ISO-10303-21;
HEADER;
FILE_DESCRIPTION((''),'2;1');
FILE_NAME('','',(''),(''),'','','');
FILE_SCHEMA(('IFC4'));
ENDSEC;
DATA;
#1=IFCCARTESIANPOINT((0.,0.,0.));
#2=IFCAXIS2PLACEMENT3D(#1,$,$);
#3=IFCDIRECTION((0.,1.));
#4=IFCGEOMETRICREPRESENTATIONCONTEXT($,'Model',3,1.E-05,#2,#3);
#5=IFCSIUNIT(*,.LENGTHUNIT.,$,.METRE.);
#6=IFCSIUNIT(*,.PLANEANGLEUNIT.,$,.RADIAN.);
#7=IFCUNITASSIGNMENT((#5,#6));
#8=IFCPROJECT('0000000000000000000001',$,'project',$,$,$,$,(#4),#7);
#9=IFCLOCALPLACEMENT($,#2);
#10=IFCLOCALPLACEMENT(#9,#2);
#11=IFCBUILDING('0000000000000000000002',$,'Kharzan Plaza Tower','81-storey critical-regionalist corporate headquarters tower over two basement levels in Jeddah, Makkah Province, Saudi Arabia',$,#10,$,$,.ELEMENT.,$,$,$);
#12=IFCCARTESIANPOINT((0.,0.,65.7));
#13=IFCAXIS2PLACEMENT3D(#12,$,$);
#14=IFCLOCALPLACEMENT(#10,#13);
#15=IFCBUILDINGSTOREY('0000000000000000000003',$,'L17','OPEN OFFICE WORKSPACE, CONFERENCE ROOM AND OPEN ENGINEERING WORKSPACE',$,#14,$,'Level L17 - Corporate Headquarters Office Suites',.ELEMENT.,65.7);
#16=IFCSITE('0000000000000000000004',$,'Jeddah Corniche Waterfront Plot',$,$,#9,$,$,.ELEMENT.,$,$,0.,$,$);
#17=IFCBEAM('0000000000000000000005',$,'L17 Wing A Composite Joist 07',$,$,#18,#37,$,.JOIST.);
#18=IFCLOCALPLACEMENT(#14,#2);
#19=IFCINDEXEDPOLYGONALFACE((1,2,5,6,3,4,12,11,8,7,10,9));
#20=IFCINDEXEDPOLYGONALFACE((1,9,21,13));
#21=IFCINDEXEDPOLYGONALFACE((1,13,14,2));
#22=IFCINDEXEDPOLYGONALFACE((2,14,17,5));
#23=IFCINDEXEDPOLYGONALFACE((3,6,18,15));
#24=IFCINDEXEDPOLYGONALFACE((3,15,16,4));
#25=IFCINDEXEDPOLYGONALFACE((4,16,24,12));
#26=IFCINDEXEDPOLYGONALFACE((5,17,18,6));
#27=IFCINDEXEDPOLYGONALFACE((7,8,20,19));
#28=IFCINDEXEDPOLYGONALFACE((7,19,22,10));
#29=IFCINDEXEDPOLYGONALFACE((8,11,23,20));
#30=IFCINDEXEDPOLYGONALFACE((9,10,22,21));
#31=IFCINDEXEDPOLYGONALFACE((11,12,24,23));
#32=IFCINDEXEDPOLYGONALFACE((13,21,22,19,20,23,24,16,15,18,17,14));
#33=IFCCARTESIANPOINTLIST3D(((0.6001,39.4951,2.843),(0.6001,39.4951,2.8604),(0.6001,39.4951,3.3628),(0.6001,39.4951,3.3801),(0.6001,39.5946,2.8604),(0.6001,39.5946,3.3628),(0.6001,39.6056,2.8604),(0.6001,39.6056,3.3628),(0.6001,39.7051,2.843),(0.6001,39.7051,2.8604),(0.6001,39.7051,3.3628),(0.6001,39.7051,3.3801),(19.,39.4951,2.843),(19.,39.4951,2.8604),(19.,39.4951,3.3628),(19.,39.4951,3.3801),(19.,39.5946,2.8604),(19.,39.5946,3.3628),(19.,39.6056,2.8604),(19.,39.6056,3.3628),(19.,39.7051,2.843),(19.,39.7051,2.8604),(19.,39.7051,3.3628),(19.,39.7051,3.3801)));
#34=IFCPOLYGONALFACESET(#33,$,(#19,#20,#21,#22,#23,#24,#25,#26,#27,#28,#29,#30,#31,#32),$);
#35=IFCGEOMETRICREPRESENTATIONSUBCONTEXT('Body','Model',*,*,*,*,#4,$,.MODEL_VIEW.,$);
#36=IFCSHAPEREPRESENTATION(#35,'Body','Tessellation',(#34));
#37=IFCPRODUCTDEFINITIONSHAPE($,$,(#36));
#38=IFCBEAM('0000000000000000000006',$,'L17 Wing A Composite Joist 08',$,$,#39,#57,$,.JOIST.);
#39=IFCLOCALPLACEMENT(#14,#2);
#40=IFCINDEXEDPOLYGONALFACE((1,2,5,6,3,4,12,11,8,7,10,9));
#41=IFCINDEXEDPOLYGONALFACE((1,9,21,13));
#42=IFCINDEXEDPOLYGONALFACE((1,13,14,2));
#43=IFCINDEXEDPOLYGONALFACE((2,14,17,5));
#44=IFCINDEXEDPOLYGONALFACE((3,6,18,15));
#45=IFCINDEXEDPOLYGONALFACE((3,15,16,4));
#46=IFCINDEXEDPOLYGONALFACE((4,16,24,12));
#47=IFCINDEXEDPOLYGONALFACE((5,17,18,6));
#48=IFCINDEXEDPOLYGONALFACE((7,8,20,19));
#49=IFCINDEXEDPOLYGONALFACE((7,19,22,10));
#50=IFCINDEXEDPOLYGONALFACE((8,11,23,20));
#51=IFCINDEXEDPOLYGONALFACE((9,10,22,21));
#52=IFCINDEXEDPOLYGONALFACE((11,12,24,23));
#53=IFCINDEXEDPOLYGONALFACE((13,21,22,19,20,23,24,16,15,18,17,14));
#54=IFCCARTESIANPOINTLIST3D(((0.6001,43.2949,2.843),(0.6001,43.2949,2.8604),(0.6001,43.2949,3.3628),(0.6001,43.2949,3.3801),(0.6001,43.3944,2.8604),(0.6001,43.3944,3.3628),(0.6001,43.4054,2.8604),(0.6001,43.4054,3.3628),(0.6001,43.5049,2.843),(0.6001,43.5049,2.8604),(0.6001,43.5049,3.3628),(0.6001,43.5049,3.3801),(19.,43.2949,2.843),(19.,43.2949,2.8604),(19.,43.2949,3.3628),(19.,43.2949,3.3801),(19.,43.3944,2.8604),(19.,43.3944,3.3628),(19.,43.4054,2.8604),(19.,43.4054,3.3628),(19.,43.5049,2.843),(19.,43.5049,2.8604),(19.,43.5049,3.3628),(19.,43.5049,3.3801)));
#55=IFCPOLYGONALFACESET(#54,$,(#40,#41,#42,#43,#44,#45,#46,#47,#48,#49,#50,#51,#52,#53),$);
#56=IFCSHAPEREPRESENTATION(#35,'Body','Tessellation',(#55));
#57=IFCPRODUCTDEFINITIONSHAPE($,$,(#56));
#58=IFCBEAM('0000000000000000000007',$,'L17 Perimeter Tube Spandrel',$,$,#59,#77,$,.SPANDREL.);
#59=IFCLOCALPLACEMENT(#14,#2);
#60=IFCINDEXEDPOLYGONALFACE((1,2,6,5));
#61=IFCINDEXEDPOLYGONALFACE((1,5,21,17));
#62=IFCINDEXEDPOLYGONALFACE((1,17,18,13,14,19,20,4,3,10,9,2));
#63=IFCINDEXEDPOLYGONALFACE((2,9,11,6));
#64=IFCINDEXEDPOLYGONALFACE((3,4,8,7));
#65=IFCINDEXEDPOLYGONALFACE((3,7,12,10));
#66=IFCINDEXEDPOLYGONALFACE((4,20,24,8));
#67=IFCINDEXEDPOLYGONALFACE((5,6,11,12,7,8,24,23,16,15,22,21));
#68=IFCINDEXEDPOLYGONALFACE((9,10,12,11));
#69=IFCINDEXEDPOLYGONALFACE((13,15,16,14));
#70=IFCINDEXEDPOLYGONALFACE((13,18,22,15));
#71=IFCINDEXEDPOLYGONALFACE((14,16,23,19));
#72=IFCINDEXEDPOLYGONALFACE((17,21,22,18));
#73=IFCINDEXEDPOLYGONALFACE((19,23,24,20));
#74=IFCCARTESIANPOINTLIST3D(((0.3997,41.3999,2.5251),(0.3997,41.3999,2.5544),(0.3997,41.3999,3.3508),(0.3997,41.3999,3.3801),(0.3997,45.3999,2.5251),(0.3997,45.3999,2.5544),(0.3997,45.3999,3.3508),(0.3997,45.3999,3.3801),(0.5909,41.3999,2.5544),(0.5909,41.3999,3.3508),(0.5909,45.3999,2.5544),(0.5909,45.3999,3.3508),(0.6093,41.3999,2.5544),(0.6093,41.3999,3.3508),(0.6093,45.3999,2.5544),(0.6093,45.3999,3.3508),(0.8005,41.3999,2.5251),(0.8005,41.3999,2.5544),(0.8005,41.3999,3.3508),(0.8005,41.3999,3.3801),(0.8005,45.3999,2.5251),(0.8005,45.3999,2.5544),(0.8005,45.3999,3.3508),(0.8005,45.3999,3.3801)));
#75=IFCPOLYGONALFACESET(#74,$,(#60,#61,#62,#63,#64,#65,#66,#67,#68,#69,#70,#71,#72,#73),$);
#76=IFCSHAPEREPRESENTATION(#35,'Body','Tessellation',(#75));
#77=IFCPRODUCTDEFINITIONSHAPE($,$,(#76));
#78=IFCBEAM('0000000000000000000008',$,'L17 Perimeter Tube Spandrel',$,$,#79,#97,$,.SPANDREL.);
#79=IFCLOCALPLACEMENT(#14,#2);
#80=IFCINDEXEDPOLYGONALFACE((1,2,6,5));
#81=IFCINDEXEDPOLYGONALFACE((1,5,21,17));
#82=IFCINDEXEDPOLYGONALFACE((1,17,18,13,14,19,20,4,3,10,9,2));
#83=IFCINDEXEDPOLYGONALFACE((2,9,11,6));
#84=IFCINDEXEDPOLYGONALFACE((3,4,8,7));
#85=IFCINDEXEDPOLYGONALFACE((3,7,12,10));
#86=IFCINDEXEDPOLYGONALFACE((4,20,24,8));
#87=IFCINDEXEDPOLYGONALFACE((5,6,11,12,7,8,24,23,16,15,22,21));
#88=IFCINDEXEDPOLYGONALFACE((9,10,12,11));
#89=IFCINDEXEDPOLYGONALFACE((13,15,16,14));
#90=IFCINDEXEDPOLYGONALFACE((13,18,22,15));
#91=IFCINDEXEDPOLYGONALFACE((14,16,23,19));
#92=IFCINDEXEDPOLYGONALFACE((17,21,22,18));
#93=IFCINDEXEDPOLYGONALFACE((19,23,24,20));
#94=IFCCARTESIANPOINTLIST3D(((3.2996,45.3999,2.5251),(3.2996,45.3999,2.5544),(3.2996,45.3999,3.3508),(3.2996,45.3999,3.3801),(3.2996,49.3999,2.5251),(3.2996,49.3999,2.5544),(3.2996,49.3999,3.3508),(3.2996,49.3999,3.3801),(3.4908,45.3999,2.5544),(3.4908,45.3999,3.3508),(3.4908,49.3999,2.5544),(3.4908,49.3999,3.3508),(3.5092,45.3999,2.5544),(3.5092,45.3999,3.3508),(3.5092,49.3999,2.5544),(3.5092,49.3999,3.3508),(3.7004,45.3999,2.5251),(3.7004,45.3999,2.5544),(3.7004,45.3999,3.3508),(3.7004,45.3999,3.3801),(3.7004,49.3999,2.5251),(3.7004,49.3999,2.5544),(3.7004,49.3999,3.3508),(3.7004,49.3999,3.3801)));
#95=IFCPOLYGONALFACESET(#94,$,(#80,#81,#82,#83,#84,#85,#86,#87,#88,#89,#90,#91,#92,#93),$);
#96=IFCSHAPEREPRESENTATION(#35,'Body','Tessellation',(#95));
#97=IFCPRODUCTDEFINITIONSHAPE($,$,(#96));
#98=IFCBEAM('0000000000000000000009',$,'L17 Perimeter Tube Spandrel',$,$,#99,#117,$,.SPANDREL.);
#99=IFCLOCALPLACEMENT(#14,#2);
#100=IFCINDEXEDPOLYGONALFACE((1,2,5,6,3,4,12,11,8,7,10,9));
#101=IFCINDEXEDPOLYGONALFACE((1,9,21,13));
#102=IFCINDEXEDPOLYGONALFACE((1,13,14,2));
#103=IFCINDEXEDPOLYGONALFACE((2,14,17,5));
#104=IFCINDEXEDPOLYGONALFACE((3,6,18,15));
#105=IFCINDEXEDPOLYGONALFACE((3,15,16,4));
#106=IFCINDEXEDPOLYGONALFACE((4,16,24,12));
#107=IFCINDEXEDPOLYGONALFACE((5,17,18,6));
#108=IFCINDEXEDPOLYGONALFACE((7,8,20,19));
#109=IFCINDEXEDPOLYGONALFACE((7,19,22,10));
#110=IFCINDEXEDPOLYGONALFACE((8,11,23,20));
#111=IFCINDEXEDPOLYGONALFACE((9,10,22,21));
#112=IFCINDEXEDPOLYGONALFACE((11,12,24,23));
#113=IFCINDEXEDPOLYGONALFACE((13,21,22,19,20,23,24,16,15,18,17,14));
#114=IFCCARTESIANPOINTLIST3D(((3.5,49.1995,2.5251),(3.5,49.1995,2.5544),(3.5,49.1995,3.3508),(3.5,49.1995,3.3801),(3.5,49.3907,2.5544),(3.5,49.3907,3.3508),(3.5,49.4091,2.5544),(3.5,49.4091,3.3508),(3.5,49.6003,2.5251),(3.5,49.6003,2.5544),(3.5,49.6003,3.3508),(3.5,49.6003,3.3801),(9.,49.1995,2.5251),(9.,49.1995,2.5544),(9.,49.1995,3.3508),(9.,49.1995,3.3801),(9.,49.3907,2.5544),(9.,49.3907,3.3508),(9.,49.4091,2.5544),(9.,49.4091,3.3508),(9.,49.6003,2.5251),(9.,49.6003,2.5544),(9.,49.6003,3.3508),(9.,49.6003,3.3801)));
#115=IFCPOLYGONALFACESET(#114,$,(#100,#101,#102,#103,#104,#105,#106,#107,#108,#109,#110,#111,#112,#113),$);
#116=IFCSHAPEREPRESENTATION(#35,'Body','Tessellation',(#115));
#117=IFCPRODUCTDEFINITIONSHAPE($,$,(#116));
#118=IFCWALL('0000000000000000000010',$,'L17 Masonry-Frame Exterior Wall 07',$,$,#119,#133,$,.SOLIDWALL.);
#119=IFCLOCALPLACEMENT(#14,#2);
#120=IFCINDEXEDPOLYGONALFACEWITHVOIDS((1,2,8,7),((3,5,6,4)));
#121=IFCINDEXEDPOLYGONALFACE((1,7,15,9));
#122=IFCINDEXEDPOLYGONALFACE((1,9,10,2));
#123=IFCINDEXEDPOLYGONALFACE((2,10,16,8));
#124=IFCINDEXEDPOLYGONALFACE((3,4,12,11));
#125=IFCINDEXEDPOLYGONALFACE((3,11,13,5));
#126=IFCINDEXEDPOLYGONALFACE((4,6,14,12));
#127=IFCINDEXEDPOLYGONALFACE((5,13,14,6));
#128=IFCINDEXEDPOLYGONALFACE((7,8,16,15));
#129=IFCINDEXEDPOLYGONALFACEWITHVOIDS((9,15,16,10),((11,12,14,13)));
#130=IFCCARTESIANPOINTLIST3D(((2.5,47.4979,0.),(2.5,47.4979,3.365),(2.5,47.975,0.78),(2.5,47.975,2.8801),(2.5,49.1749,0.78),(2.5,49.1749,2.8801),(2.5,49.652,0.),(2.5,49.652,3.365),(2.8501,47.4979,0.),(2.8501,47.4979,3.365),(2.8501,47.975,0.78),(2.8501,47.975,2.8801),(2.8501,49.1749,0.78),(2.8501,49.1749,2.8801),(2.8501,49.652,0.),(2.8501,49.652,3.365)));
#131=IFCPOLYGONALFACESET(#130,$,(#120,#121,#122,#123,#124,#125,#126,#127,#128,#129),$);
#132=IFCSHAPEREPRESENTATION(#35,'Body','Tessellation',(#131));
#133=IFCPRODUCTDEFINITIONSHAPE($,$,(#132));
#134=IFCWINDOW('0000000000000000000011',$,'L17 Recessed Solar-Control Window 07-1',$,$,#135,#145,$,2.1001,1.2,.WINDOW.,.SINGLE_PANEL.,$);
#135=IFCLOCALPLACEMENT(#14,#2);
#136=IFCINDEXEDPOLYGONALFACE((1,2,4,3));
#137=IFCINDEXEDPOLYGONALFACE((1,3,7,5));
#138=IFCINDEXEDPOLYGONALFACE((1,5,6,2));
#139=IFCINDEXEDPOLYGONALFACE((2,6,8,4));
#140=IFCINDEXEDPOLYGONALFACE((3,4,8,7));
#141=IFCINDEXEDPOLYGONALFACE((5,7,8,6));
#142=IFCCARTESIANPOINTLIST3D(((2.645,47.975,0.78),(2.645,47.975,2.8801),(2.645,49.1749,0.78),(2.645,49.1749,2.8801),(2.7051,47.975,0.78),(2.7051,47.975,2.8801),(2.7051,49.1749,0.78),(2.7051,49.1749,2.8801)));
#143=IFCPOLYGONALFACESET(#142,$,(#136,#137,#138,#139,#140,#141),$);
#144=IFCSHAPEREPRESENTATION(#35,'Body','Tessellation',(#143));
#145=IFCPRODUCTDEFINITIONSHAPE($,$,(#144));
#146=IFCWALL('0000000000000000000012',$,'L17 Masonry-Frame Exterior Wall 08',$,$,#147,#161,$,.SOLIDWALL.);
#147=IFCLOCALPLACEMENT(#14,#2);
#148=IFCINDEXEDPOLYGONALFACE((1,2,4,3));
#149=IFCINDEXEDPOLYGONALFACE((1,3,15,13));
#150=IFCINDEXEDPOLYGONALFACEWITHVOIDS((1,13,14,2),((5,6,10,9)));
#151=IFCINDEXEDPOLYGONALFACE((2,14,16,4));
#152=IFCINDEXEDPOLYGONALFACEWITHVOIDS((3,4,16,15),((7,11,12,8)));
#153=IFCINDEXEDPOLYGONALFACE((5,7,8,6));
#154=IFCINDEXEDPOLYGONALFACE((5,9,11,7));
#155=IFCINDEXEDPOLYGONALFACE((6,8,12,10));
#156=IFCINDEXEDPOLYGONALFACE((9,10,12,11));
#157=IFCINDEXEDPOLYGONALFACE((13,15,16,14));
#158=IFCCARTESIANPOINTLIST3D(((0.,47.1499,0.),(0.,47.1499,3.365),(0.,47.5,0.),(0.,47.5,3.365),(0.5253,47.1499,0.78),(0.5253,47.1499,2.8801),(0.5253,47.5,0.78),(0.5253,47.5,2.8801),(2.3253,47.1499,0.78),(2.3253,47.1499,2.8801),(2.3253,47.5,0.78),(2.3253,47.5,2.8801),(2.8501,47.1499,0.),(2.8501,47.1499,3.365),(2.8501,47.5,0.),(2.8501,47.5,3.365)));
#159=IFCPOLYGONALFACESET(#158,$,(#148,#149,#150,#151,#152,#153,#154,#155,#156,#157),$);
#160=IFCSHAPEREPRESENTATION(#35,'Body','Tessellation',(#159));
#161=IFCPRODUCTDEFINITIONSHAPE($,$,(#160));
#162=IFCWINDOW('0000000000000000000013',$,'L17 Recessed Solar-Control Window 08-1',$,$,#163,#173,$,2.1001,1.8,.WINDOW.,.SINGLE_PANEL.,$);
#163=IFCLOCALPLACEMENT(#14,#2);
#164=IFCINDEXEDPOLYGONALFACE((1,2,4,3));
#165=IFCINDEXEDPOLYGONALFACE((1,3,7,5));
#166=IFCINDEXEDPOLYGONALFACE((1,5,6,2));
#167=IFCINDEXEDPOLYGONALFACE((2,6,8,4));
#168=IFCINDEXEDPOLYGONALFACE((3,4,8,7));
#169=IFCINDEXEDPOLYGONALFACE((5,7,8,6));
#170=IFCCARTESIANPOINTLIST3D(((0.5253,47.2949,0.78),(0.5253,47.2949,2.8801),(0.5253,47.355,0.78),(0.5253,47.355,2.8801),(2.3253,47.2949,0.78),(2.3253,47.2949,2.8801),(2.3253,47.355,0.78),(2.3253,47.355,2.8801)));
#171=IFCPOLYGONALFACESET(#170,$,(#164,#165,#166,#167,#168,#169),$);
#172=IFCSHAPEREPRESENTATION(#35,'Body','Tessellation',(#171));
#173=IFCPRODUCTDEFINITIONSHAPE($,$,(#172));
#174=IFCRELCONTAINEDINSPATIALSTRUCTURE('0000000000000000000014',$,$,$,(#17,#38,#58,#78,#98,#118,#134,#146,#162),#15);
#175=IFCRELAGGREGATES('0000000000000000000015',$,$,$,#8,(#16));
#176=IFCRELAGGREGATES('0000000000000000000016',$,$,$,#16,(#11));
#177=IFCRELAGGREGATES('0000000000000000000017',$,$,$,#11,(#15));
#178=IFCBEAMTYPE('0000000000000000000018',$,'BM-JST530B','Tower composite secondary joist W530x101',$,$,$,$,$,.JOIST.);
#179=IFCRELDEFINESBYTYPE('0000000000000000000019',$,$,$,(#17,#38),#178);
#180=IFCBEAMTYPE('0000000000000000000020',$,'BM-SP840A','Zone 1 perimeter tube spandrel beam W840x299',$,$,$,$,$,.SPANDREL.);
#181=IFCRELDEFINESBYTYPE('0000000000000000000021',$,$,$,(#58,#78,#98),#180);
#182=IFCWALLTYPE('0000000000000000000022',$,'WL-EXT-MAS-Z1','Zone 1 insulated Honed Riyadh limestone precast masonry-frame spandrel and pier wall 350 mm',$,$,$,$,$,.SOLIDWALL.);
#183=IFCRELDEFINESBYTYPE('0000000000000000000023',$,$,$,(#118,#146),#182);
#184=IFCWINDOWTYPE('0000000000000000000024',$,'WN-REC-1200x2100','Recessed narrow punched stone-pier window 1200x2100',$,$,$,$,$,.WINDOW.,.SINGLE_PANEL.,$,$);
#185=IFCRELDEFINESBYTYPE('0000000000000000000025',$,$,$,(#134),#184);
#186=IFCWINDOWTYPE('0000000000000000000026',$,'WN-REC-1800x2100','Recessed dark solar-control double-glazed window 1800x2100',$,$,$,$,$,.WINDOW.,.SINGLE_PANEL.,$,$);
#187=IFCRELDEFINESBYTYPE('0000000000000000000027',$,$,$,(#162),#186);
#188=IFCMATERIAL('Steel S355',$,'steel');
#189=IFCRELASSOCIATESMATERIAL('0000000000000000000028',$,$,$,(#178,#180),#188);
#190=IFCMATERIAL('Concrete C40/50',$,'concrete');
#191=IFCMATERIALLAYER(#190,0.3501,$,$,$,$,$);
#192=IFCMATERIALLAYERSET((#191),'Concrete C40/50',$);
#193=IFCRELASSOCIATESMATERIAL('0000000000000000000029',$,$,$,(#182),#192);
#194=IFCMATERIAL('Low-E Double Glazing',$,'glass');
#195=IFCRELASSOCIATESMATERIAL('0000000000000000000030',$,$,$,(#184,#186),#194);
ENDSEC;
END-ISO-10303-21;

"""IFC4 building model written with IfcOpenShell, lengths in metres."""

from ifc_helpers import new_model, si_unit, direction, frame, frame_2d, origin, origin_2d, place, context, subcontext, project, spatial, rectangle, i_section, extrude, source, transform, mapped, material, layer, layer_set, material_profile, profile_set, type_object, element, fill, save


model = new_model("IFC4")

# Units and contexts
model_context = context("Model", 3, precision=1e-05, world=origin(), true_north=direction((0.0, 1.0)))
body_context = subcontext(model_context, "Body", "Model", "MODEL_VIEW")
ifc_project = project(units=[si_unit("LENGTHUNIT", "METRE"), si_unit("PLANEANGLEUNIT", "RADIAN")], contexts=[model_context])

# Site, building, storey
site_placement = place(None, origin())
site = spatial("IfcSite", under=ifc_project, at=site_placement, Name="Jeddah Corniche Waterfront Plot", CompositionType="ELEMENT", RefElevation=0.0)
building_placement = place(site_placement, origin())
building = spatial("IfcBuilding", under=site, at=building_placement, Name="Kharzan Plaza Tower", Description="81-storey critical-regionalist corporate headquarters tower over two basement levels in Jeddah, Makkah Province, Saudi Arabia", CompositionType="ELEMENT")
storey_placement = place(building_placement, frame((0.0, 0.0, 65.7)))
storey = spatial("IfcBuildingStorey", under=building, at=storey_placement, Name="L17", Description="OPEN OFFICE WORKSPACE, CONFERENCE ROOM AND OPEN ENGINEERING WORKSPACE", LongName="Level L17 - Corporate Headquarters Office Suites", CompositionType="ELEMENT", Elevation=65.7)

# Beams
ifc_material_1 = material(Name="Steel S355", Category="steel")
ifc_material_profile_1 = material_profile(ifc_material_1, i_section(OverallWidth=0.21, OverallDepth=0.5371, WebThickness=0.011, FlangeThickness=0.0173, at=origin_2d()), Name="W530x101")
ifc_profile_set_1 = profile_set([ifc_material_profile_1], Name="Steel S355")
beam_type_1 = type_object("IfcBeamType", Name="BM-JST530B", Description="Tower composite secondary joist W530x101", PredefinedType="JOIST", material=ifc_profile_set_1)
shared_shape_1 = source(origin(), body_context, "Body", "SweptSolid", [
    extrude(i_section(OverallWidth=0.21, OverallDepth=0.5371, WebThickness=0.011, FlangeThickness=0.0173, at=origin_2d()), origin(), (0.0, 0.0, 1.0), 18.3999),
])
for number, where, z_axis, x_axis, name in (
    (1, (0.6001, 39.6001, 3.1116), (1.0, 0.0, 0.0), (0.0, 1.0, 0.0), "L17 Wing A Composite Joist 07"),
    (2, (0.6001, 43.3999, 3.1116), (1.0, 0.0, 0.0), (0.0, 1.0, 0.0), "L17 Wing A Composite Joist 08"),
):
    element("IfcBeam", number, at=place(storey_placement, frame(where, z_axis=z_axis, x_axis=x_axis)), inside=storey, type_object=beam_type_1, Name=name, PredefinedType="JOIST", context=body_context, shape_type="MappedRepresentation", body=[
        mapped(shared_shape_1, transform((0.0, 0.0, 0.0), x_axis=(1.0, 0.0, 0.0), y_axis=(0.0, 1.0, 0.0), z_axis=(0.0, 0.0, 1.0))),
    ])
ifc_material_profile_2 = material_profile(ifc_material_1, i_section(OverallWidth=0.4009, OverallDepth=0.855, WebThickness=0.0183, FlangeThickness=0.0293, at=origin_2d()), Name="W840x299")
ifc_profile_set_2 = profile_set([ifc_material_profile_2], Name="Steel S355")
beam_type_2 = type_object("IfcBeamType", Name="BM-SP840A", Description="Zone 1 perimeter tube spandrel beam W840x299", PredefinedType="SPANDREL", material=ifc_profile_set_2)
shared_shape_2 = source(origin(), body_context, "Body", "SweptSolid", [
    extrude(i_section(OverallWidth=0.4009, OverallDepth=0.855, WebThickness=0.0183, FlangeThickness=0.0293, at=origin_2d()), origin(), (0.0, 0.0, 1.0), 4.0),
])
for number, where, z_axis, x_axis, name in (
    (3, (0.6001, 41.3999, 2.9526), (0.0, 1.0, 0.0), (-1.0, 0.0, 0.0), "L17 Perimeter Tube Spandrel"),
    (4, (3.5, 45.3999, 2.9526), (0.0, 1.0, 0.0), (-1.0, 0.0, 0.0), "L17 Perimeter Tube Spandrel"),
):
    element("IfcBeam", number, at=place(storey_placement, frame(where, z_axis=z_axis, x_axis=x_axis)), inside=storey, type_object=beam_type_2, Name=name, PredefinedType="SPANDREL", context=body_context, shape_type="MappedRepresentation", body=[
        mapped(shared_shape_2, transform((0.0, 0.0, 0.0), x_axis=(1.0, 0.0, 0.0), y_axis=(0.0, 1.0, 0.0), z_axis=(0.0, 0.0, 1.0))),
    ])
shared_shape_3 = source(origin(), body_context, "Body", "SweptSolid", [
    extrude(i_section(OverallWidth=0.4009, OverallDepth=0.855, WebThickness=0.0183, FlangeThickness=0.0293, at=origin_2d()), origin(), (0.0, 0.0, 1.0), 5.5),
])
beam_1_placement = place(storey_placement, frame((3.5, 49.3999, 2.9526), z_axis=(1.0, 0.0, 0.0), x_axis=(0.0, 1.0, 0.0)))
element("IfcBeam", 5, at=beam_1_placement, inside=storey, type_object=beam_type_2, Name="L17 Perimeter Tube Spandrel", PredefinedType="SPANDREL", context=body_context, shape_type="MappedRepresentation", body=[
    mapped(shared_shape_3, transform((0.0, 0.0, 0.0), x_axis=(1.0, 0.0, 0.0), y_axis=(0.0, 1.0, 0.0), z_axis=(0.0, 0.0, 1.0))),
])

# Walls, openings, windows
ifc_material_2 = material(Name="Concrete C40/50", Category="concrete")
ifc_layer_1 = layer(ifc_material_2, 0.3501)
ifc_layer_set_1 = layer_set([ifc_layer_1], Name="Concrete C40/50")
wall_type_1 = type_object("IfcWallType", Name="WL-EXT-MAS-Z1", Description="Zone 1 insulated Honed Riyadh limestone precast masonry-frame spandrel and pier wall 350 mm", PredefinedType="SOLIDWALL", material=ifc_layer_set_1)
wall_1_placement = place(storey_placement, frame((2.675, 49.6521, 0.0), z_axis=(0.0, 0.0, 1.0), x_axis=(0.0, -1.0, 0.0)))
wall_1 = element("IfcWall", 6, at=wall_1_placement, inside=storey, type_object=wall_type_1, Name="L17 Masonry-Frame Exterior Wall 07", PredefinedType="SOLIDWALL", context=body_context, shape_type="SweptSolid", body=[
    extrude(rectangle(XDim=2.1541, YDim=0.3501, at=frame_2d((1.0771, 0.0))), origin(), (0.0, 0.0, 1.0), 3.365),
])
opening_1_placement = place(wall_1_placement, frame((0.4771, 0.0, 0.78)))
opening_1 = element("IfcOpeningElement", 7, at=opening_1_placement, cuts=wall_1, PredefinedType="OPENING", context=body_context, shape_type="SweptSolid", body=[
    extrude(rectangle(XDim=1.2, YDim=2.1001, at=frame_2d((0.6001, 1.05))), frame((0.0, 0.1851, 0.0), z_axis=(0.0, -1.0, 0.0), x_axis=(1.0, 0.0, 0.0)), (0.0, 0.0, 1.0), 0.3701),
])
ifc_material_3 = material(Name="Low-E Double Glazing", Category="glass")
window_type_1 = type_object("IfcWindowType", Name="WN-REC-1200x2100", Description="Recessed narrow punched stone-pier window 1200x2100", PartitioningType="SINGLE_PANEL", PredefinedType="WINDOW", material=ifc_material_3)
shared_shape_4 = source(origin(), body_context, "Body", "SweptSolid", [
    extrude(rectangle(XDim=1.2, YDim=2.1001, at=frame_2d((0.6001, 1.05))), frame((0.0, 0.03, 0.0), z_axis=(0.0, -1.0, 0.0), x_axis=(1.0, 0.0, 0.0)), (0.0, 0.0, 1.0), 0.0601),
])
window_1_placement = place(opening_1_placement, origin())
window_1 = element("IfcWindow", 8, at=window_1_placement, inside=storey, type_object=window_type_1, Name="L17 Recessed Solar-Control Window 07-1", OverallHeight=2.1001, OverallWidth=1.2, PartitioningType="SINGLE_PANEL", PredefinedType="WINDOW", context=body_context, shape_type="MappedRepresentation", body=[
    mapped(shared_shape_4, transform((0.0, 0.0, 0.0), x_axis=(1.0, 0.0, 0.0), y_axis=(0.0, 1.0, 0.0), z_axis=(0.0, 0.0, 1.0))),
])
fill(opening_1, window_1)
wall_2_placement = place(storey_placement, frame((2.8501, 47.325, 0.0), z_axis=(0.0, 0.0, 1.0), x_axis=(-1.0, 0.0, 0.0)))
wall_2 = element("IfcWall", 9, at=wall_2_placement, inside=storey, type_object=wall_type_1, Name="L17 Masonry-Frame Exterior Wall 08", PredefinedType="SOLIDWALL", context=body_context, shape_type="SweptSolid", body=[
    extrude(rectangle(XDim=2.8501, YDim=0.3501, at=frame_2d((1.425, 0.0))), origin(), (0.0, 0.0, 1.0), 3.365),
])
opening_2_placement = place(wall_2_placement, frame((0.5249, 0.0, 0.78)))
opening_2 = element("IfcOpeningElement", 10, at=opening_2_placement, cuts=wall_2, PredefinedType="OPENING", context=body_context, shape_type="SweptSolid", body=[
    extrude(rectangle(XDim=1.8, YDim=2.1001, at=frame_2d((0.8999, 1.05))), frame((0.0, 0.1851, 0.0), z_axis=(0.0, -1.0, 0.0), x_axis=(1.0, 0.0, 0.0)), (0.0, 0.0, 1.0), 0.3701),
])
window_type_2 = type_object("IfcWindowType", Name="WN-REC-1800x2100", Description="Recessed dark solar-control double-glazed window 1800x2100", PartitioningType="SINGLE_PANEL", PredefinedType="WINDOW", material=ifc_material_3)
shared_shape_5 = source(origin(), body_context, "Body", "SweptSolid", [
    extrude(rectangle(XDim=1.8, YDim=2.1001, at=frame_2d((0.8999, 1.05))), frame((0.0, 0.03, 0.0), z_axis=(0.0, -1.0, 0.0), x_axis=(1.0, 0.0, 0.0)), (0.0, 0.0, 1.0), 0.0601),
])
window_2_placement = place(opening_2_placement, origin())
window_2 = element("IfcWindow", 11, at=window_2_placement, inside=storey, type_object=window_type_2, Name="L17 Recessed Solar-Control Window 08-1", OverallHeight=2.1001, OverallWidth=1.8, PartitioningType="SINGLE_PANEL", PredefinedType="WINDOW", context=body_context, shape_type="MappedRepresentation", body=[
    mapped(shared_shape_5, transform((0.0, 0.0, 0.0), x_axis=(1.0, 0.0, 0.0), y_axis=(0.0, 1.0, 0.0), z_axis=(0.0, 0.0, 1.0))),
])
fill(opening_2, window_2)

save(model, "model.ifc")
